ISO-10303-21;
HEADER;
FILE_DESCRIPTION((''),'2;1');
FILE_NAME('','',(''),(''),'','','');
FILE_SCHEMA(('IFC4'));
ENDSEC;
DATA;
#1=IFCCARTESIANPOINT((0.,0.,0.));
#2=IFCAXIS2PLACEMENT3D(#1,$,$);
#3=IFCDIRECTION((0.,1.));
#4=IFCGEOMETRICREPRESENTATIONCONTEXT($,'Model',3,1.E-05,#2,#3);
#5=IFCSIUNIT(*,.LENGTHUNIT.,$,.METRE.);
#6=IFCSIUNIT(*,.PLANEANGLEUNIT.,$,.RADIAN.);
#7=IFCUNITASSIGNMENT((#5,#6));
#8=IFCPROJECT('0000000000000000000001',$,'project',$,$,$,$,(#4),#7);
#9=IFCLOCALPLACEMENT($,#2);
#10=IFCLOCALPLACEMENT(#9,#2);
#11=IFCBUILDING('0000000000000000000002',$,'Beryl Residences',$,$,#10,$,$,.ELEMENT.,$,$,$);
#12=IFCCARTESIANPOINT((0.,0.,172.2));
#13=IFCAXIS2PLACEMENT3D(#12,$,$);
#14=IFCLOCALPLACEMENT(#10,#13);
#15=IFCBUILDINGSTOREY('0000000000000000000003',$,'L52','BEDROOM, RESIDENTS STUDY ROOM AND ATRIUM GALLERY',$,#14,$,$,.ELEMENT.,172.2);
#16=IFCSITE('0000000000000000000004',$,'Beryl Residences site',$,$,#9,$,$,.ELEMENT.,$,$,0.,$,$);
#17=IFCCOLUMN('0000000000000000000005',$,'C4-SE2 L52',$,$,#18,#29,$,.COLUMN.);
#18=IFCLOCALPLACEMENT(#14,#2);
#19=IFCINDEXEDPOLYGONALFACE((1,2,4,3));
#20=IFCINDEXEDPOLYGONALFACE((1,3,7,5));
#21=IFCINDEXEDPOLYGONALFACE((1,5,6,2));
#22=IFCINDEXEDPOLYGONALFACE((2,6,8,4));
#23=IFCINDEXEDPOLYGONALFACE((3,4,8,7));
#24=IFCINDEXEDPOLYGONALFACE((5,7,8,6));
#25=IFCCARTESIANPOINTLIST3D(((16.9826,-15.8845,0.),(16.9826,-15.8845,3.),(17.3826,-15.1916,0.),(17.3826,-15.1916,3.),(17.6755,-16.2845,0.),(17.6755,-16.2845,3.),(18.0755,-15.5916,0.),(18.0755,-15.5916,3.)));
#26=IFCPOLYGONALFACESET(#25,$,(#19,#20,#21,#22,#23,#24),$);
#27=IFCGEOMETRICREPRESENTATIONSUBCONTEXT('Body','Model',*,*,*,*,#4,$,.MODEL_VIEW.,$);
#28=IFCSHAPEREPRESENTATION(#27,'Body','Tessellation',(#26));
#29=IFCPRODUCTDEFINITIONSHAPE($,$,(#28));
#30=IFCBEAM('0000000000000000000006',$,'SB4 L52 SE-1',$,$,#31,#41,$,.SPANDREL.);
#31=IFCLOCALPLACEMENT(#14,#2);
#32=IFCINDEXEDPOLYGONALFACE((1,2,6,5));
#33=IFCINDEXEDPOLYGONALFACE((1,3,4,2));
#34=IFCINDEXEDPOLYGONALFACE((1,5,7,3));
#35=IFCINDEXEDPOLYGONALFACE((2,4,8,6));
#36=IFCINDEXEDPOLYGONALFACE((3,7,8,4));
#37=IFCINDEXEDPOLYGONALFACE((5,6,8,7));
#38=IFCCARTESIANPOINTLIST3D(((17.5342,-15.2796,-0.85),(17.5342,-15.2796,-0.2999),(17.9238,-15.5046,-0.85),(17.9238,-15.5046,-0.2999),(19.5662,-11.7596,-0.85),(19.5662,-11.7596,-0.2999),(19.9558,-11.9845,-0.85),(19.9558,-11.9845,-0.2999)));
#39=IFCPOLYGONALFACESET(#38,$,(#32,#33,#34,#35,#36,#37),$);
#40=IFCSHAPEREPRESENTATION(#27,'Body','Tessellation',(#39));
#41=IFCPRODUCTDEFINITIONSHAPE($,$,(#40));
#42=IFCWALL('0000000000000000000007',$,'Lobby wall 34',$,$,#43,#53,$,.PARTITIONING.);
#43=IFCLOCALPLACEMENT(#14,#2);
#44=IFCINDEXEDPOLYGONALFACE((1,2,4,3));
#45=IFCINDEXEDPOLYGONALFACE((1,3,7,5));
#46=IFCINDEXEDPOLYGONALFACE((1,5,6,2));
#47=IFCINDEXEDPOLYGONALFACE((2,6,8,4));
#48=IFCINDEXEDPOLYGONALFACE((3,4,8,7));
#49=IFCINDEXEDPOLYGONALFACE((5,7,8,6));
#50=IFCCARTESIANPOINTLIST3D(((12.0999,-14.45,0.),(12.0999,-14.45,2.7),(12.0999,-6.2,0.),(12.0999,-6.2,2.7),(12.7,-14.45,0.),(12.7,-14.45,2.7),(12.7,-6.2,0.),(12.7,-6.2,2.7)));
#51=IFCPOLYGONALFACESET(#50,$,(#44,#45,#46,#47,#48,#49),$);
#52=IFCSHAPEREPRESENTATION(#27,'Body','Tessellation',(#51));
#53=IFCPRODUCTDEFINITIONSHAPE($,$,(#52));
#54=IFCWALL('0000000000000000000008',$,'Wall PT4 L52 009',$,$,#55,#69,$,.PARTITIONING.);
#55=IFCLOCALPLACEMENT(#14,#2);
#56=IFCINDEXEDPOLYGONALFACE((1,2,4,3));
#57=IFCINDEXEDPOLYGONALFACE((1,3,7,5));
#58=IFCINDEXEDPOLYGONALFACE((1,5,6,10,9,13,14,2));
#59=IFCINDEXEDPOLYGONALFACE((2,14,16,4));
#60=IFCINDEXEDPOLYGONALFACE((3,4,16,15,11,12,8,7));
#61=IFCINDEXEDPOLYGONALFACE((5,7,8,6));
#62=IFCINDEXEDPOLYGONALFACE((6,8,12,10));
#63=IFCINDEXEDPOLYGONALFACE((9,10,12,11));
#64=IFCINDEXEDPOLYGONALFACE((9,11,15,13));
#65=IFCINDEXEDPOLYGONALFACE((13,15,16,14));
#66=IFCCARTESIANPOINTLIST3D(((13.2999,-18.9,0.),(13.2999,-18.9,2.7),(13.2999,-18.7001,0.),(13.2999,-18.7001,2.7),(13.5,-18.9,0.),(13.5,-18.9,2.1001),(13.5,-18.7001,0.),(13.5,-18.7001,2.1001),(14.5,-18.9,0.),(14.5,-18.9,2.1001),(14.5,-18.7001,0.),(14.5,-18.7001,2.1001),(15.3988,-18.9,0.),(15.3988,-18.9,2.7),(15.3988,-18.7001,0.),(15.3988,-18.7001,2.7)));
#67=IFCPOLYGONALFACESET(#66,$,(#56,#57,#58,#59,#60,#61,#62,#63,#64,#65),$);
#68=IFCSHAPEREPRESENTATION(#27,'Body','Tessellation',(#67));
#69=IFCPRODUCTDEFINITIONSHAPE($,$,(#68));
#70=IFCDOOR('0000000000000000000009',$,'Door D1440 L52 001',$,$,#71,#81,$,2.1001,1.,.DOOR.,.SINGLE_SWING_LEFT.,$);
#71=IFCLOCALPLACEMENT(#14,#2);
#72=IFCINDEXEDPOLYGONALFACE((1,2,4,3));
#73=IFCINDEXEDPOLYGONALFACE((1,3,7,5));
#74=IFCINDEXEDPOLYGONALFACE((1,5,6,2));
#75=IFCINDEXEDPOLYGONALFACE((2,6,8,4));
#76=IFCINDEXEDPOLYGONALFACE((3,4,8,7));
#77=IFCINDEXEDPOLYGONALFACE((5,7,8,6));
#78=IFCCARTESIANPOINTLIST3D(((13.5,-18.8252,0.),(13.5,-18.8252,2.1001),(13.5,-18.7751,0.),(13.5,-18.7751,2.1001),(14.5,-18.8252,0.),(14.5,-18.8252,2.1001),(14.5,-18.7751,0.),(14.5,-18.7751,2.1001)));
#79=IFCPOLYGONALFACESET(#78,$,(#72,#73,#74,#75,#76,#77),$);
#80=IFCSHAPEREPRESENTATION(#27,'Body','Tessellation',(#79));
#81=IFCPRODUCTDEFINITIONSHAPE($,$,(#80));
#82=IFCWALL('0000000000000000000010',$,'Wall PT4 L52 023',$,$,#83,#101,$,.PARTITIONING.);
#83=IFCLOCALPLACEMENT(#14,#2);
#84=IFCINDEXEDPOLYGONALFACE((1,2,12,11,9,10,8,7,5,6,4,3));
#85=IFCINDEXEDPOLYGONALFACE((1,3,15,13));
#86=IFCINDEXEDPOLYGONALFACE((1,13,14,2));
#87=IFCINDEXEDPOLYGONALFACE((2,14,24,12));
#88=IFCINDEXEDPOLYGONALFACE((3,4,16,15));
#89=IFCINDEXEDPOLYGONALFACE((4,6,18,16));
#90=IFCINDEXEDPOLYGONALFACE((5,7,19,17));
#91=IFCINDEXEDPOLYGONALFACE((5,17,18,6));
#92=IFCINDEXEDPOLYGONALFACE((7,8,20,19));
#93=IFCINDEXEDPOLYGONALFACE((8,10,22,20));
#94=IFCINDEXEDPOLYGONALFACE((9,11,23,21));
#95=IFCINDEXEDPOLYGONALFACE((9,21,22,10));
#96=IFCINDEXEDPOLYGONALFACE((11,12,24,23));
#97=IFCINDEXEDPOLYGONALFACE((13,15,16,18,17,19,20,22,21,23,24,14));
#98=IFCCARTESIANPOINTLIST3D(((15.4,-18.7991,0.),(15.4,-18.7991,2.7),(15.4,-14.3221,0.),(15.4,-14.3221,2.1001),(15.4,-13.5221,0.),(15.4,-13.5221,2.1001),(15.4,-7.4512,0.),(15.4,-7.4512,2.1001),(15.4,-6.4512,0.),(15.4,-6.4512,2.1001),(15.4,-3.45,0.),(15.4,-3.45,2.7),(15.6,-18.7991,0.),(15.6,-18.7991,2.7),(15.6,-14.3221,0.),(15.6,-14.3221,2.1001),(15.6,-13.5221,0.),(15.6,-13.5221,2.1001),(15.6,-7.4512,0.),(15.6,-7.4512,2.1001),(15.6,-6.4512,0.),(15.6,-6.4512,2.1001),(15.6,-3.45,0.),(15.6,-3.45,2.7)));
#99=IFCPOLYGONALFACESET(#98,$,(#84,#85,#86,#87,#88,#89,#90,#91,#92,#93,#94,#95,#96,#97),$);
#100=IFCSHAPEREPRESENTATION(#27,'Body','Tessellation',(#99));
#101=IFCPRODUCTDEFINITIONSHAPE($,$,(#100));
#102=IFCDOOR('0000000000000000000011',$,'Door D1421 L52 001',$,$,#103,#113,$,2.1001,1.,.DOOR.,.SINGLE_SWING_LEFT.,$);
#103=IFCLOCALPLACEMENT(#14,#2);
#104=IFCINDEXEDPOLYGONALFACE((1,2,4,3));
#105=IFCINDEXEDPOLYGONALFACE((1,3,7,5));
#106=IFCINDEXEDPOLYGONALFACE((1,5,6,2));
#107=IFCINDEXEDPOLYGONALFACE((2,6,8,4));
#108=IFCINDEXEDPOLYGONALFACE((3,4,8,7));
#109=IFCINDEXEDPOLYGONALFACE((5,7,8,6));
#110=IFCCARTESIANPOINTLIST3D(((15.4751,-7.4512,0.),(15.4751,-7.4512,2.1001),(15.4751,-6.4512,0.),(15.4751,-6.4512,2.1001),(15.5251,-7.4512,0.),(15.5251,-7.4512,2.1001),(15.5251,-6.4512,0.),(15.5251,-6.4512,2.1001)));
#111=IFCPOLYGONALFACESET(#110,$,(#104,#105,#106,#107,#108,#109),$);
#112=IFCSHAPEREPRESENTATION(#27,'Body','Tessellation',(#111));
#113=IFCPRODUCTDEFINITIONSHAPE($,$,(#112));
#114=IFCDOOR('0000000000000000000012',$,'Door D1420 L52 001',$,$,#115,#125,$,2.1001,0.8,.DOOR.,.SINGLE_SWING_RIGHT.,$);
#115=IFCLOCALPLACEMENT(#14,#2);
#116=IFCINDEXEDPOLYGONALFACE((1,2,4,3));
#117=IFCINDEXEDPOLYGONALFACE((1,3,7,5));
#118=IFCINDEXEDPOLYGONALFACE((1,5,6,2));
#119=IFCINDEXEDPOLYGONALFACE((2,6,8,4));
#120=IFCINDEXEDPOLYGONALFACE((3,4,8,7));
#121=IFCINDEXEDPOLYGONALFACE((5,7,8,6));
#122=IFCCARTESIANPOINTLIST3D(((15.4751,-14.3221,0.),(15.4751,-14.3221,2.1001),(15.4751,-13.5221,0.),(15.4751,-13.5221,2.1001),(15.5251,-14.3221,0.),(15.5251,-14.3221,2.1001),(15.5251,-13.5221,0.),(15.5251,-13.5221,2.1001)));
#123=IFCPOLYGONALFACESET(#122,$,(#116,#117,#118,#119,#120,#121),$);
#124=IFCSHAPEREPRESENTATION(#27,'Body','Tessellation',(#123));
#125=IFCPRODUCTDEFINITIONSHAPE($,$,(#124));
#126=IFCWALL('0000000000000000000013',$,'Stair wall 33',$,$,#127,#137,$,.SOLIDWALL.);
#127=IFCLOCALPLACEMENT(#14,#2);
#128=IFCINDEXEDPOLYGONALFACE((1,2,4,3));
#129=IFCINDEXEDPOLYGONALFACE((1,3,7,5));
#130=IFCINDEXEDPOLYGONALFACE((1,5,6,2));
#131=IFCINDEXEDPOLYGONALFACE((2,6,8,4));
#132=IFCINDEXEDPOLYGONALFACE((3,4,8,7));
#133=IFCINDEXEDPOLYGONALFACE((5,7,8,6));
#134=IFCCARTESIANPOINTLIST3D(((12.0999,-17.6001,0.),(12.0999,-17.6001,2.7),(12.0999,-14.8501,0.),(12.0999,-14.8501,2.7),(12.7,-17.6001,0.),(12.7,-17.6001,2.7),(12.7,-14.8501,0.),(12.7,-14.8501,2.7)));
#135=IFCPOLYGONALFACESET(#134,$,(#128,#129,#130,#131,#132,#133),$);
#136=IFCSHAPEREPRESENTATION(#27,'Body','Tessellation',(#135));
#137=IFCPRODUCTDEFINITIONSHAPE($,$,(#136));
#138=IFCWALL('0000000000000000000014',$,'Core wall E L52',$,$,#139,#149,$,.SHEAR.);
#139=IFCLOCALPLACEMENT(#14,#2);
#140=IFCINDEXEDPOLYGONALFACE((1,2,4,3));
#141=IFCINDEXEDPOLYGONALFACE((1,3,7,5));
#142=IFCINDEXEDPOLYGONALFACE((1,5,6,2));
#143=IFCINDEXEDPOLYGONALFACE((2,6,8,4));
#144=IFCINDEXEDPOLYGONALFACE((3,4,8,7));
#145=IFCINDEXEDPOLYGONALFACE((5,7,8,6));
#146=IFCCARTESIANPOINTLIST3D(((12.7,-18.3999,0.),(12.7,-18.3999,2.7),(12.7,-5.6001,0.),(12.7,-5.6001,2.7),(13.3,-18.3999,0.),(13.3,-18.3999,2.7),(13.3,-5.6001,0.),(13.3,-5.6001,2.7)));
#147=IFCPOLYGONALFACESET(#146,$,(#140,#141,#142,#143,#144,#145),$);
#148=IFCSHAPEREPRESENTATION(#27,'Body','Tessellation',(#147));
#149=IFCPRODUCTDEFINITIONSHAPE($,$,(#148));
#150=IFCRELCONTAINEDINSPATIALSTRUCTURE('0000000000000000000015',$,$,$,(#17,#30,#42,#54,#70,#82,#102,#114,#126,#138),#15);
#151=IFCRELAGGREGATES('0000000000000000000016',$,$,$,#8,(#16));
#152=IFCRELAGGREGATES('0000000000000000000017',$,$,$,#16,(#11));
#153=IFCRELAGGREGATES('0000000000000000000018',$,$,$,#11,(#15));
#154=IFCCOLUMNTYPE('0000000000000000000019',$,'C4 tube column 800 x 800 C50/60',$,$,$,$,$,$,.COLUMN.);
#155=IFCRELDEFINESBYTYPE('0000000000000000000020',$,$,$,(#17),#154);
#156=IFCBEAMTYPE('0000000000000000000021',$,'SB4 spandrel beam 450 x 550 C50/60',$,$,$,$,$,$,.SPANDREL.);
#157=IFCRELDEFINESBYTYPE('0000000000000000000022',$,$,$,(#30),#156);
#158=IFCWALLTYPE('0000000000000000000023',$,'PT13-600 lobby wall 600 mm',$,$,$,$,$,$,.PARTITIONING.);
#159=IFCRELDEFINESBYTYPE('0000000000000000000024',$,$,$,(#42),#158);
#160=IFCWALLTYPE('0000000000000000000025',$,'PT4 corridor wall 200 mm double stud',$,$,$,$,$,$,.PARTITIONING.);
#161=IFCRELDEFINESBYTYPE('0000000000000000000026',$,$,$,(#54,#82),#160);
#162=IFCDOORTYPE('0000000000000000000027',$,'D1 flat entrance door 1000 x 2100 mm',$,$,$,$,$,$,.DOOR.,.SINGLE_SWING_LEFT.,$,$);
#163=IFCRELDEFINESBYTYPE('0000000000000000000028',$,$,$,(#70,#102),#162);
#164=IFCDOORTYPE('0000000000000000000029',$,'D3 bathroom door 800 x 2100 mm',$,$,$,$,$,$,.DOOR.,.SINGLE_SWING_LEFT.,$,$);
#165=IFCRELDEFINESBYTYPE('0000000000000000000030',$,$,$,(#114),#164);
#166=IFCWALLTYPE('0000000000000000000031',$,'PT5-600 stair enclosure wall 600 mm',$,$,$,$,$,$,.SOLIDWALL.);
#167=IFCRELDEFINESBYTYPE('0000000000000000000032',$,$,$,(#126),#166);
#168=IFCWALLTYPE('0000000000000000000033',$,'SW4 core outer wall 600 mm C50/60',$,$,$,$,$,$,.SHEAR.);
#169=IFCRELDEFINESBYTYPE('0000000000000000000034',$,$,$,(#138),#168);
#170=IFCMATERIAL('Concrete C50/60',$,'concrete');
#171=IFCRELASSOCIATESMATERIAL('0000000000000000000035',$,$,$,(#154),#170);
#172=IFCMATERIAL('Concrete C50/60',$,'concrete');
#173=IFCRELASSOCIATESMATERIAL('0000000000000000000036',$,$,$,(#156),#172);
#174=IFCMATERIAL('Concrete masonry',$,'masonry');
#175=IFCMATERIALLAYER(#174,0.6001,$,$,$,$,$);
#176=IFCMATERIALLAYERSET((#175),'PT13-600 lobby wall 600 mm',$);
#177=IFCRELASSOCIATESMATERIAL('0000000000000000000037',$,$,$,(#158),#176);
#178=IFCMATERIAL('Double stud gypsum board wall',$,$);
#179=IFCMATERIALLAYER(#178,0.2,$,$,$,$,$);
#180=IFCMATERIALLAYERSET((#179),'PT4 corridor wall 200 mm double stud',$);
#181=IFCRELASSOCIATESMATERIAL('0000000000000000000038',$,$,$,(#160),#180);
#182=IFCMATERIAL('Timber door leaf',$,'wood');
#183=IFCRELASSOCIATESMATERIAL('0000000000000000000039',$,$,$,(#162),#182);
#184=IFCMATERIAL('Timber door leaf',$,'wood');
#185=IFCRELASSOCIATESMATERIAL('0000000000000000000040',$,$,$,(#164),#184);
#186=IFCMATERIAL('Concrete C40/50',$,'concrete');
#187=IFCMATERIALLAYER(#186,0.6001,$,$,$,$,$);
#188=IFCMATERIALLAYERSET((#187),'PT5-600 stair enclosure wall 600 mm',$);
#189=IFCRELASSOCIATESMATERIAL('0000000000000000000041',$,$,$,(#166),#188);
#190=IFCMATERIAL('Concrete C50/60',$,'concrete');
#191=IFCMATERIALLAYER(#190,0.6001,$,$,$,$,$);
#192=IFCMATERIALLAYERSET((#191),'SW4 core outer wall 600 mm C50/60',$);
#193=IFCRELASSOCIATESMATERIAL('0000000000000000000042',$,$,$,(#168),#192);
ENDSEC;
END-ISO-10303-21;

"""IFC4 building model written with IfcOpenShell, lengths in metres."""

from ifc_helpers import new_model, si_unit, direction, frame, frame_2d, origin, origin_2d, place, context, subcontext, project, spatial, rectangle, extrude, material, layer, layer_set, material_profile, profile_set, type_object, element, fill, save


model = new_model("IFC4")

# Units and contexts
model_context = context("Model", 3, precision=1e-05, world=origin(), true_north=direction((0.0, 1.0)))
body_context = subcontext(model_context, "Body", "Model", "MODEL_VIEW")
ifc_project = project(units=[si_unit("LENGTHUNIT", "METRE"), si_unit("PLANEANGLEUNIT", "RADIAN")], contexts=[model_context])

# Site, building, storey
site_placement = place(None, origin())
site = spatial("IfcSite", under=ifc_project, at=site_placement, Name="Beryl Residences site", CompositionType="ELEMENT", RefElevation=0.0)
building_placement = place(site_placement, origin())
building = spatial("IfcBuilding", under=site, at=building_placement, Name="Beryl Residences", CompositionType="ELEMENT")
storey_placement = place(building_placement, frame((0.0, 0.0, 172.2)))
storey = spatial("IfcBuildingStorey", under=building, at=storey_placement, Name="L52", Description="BEDROOM, RESIDENTS STUDY ROOM AND ATRIUM GALLERY", CompositionType="ELEMENT", Elevation=172.2)

# Column
ifc_material_1 = material(Name="Concrete C50/60", Category="concrete")
ifc_material_profile_1 = material_profile(ifc_material_1, rectangle(XDim=0.8, YDim=0.8, at=origin_2d()))
ifc_profile_set_1 = profile_set([ifc_material_profile_1], Name="Concrete C50/60")
column_type = type_object("IfcColumnType", Name="C4 tube column 800 x 800 C50/60", PredefinedType="COLUMN", material=ifc_profile_set_1)
column_placement = place(storey_placement, frame((17.5291, -15.738, 0.0), z_axis=(0.0, 0.0, 1.0), x_axis=(0.5, 0.866025, 0.0)))
element("IfcColumn", 1, at=column_placement, inside=storey, type_object=column_type, Name="C4-SE2 L52", PredefinedType="COLUMN", context=body_context, shape_type="SweptSolid", body=[
    extrude(rectangle(XDim=0.8, YDim=0.8, at=origin_2d()), origin(), (0.0, 0.0, 1.0), 3.0),
])

# Beam
ifc_material_2 = material(Name="Concrete C50/60", Category="concrete")
ifc_material_profile_2 = material_profile(ifc_material_2, rectangle(XDim=0.45, YDim=0.55, at=origin_2d()))
ifc_profile_set_2 = profile_set([ifc_material_profile_2], Name="Concrete C50/60")
beam_type = type_object("IfcBeamType", Name="SB4 spandrel beam 450 x 550 C50/60", PredefinedType="SPANDREL", material=ifc_profile_set_2)
beam_placement = place(storey_placement, frame((17.729, -15.3921, -0.575), z_axis=(0.499944, 0.866058, 0.0), x_axis=(-0.866058, 0.499944, 0.0)))
element("IfcBeam", 2, at=beam_placement, inside=storey, type_object=beam_type, Name="SB4 L52 SE-1", PredefinedType="SPANDREL", context=body_context, shape_type="SweptSolid", body=[
    extrude(rectangle(XDim=0.45, YDim=0.55, at=origin_2d()), origin(), (0.0, 0.0, 1.0), 4.0645),
])

# Wall
ifc_material_3 = material(Name="Concrete masonry", Category="masonry")
ifc_layer_1 = layer(ifc_material_3, 0.6001)
ifc_layer_set_1 = layer_set([ifc_layer_1], Name="PT13-600 lobby wall 600 mm")
wall_type_1 = type_object("IfcWallType", Name="PT13-600 lobby wall 600 mm", PredefinedType="PARTITIONING", material=ifc_layer_set_1)
wall_1_placement = place(storey_placement, frame((12.3999, -14.45, 0.0), z_axis=(0.0, 0.0, 1.0), x_axis=(0.0, 1.0, 0.0)))
element("IfcWall", 3, at=wall_1_placement, inside=storey, type_object=wall_type_1, Name="Lobby wall 34", PredefinedType="PARTITIONING", context=body_context, shape_type="SweptSolid", body=[
    extrude(rectangle(XDim=8.25, YDim=0.6001, at=frame_2d((4.125, 0.0))), origin(), (0.0, 0.0, 1.0), 2.7),
])

# Wall, opening, door
ifc_material_4 = material(Name="Double stud gypsum board wall")
ifc_layer_2 = layer(ifc_material_4, 0.2)
ifc_layer_set_2 = layer_set([ifc_layer_2], Name="PT4 corridor wall 200 mm double stud")
wall_type_2 = type_object("IfcWallType", Name="PT4 corridor wall 200 mm double stud", PredefinedType="PARTITIONING", material=ifc_layer_set_2)
wall_2_placement = place(storey_placement, frame((13.3, -18.8, 0.0), z_axis=(0.0, 0.0, 1.0), x_axis=(1.0, 0.0, 0.0)))
wall_2 = element("IfcWall", 4, at=wall_2_placement, inside=storey, type_object=wall_type_2, Name="Wall PT4 L52 009", PredefinedType="PARTITIONING", context=body_context, shape_type="SweptSolid", body=[
    extrude(rectangle(XDim=2.0989, YDim=0.2, at=frame_2d((1.0493, 0.0))), origin(), (0.0, 0.0, 1.0), 2.7),
])
opening_1_placement = place(wall_2_placement, frame((0.2, 0.0, 0.0)))
opening_1 = element("IfcOpeningElement", 5, at=opening_1_placement, cuts=wall_2, PredefinedType="OPENING", context=body_context, shape_type="SweptSolid", body=[
    extrude(rectangle(XDim=1.0, YDim=2.1001, at=frame_2d((0.5, 1.05))), frame((0.0, 0.1099, 0.0), z_axis=(0.0, -1.0, 0.0), x_axis=(1.0, 0.0, 0.0)), (0.0, 0.0, 1.0), 0.22),
])
ifc_material_5 = material(Name="Timber door leaf", Category="wood")
door_type_1 = type_object("IfcDoorType", Name="D1 flat entrance door 1000 x 2100 mm", OperationType="SINGLE_SWING_LEFT", PredefinedType="DOOR", material=ifc_material_5)
door_1_placement = place(opening_1_placement, origin())
door_1 = element("IfcDoor", 6, at=door_1_placement, inside=storey, type_object=door_type_1, Name="Door D1440 L52 001", OperationType="SINGLE_SWING_LEFT", OverallHeight=2.1001, OverallWidth=1.0, PredefinedType="DOOR", context=body_context, shape_type="SweptSolid", body=[
    extrude(rectangle(XDim=1.0, YDim=2.1001, at=frame_2d((0.5, 1.05))), frame((0.0, 0.0249, 0.0), z_axis=(0.0, -1.0, 0.0), x_axis=(1.0, 0.0, 0.0)), (0.0, 0.0, 1.0), 0.05),
])
fill(opening_1, door_1)

# Wall, openings, doors
wall_3_placement = place(storey_placement, frame((15.5, -18.7991, 0.0), z_axis=(0.0, 0.0, 1.0), x_axis=(0.0, 1.0, 0.0)))
wall_3 = element("IfcWall", 7, at=wall_3_placement, inside=storey, type_object=wall_type_2, Name="Wall PT4 L52 023", PredefinedType="PARTITIONING", context=body_context, shape_type="SweptSolid", body=[
    extrude(rectangle(XDim=15.3491, YDim=0.2, at=frame_2d((7.6746, 0.0))), origin(), (0.0, 0.0, 1.0), 2.7),
])
opening_2_placement = place(wall_3_placement, frame((4.4771, 0.0, 0.0)))
opening_2 = element("IfcOpeningElement", 8, at=opening_2_placement, cuts=wall_3, PredefinedType="OPENING", context=body_context, shape_type="SweptSolid", body=[
    extrude(rectangle(XDim=0.8, YDim=2.1001, at=frame_2d((0.3999, 1.05))), frame((0.0, 0.1099, 0.0), z_axis=(0.0, -1.0, 0.0), x_axis=(1.0, 0.0, 0.0)), (0.0, 0.0, 1.0), 0.22),
])
opening_3_placement = place(wall_3_placement, frame((11.3479, 0.0, 0.0)))
opening_3 = element("IfcOpeningElement", 9, at=opening_3_placement, cuts=wall_3, PredefinedType="OPENING", context=body_context, shape_type="SweptSolid", body=[
    extrude(rectangle(XDim=1.0, YDim=2.1001, at=frame_2d((0.5, 1.05))), frame((0.0, 0.1099, 0.0), z_axis=(0.0, -1.0, 0.0), x_axis=(1.0, 0.0, 0.0)), (0.0, 0.0, 1.0), 0.22),
])
door_2_placement = place(opening_3_placement, origin())
door_2 = element("IfcDoor", 10, at=door_2_placement, inside=storey, type_object=door_type_1, Name="Door D1421 L52 001", OperationType="SINGLE_SWING_LEFT", OverallHeight=2.1001, OverallWidth=1.0, PredefinedType="DOOR", context=body_context, shape_type="SweptSolid", body=[
    extrude(rectangle(XDim=1.0, YDim=2.1001, at=frame_2d((0.5, 1.05))), frame((0.0, 0.0249, 0.0), z_axis=(0.0, -1.0, 0.0), x_axis=(1.0, 0.0, 0.0)), (0.0, 0.0, 1.0), 0.05),
])
fill(opening_3, door_2)
ifc_material_6 = material(Name="Timber door leaf", Category="wood")
door_type_2 = type_object("IfcDoorType", Name="D3 bathroom door 800 x 2100 mm", OperationType="SINGLE_SWING_LEFT", PredefinedType="DOOR", material=ifc_material_6)
door_3_placement = place(opening_2_placement, origin())
door_3 = element("IfcDoor", 11, at=door_3_placement, inside=storey, type_object=door_type_2, Name="Door D1420 L52 001", OperationType="SINGLE_SWING_RIGHT", OverallHeight=2.1001, OverallWidth=0.8, PredefinedType="DOOR", context=body_context, shape_type="SweptSolid", body=[
    extrude(rectangle(XDim=0.8, YDim=2.1001, at=frame_2d((0.3999, 1.05))), frame((0.0, 0.0249, 0.0), z_axis=(0.0, -1.0, 0.0), x_axis=(1.0, 0.0, 0.0)), (0.0, 0.0, 1.0), 0.05),
])
fill(opening_2, door_3)

# Walls
ifc_material_7 = material(Name="Concrete C40/50", Category="concrete")
ifc_layer_3 = layer(ifc_material_7, 0.6001)
ifc_layer_set_3 = layer_set([ifc_layer_3], Name="PT5-600 stair enclosure wall 600 mm")
wall_type_3 = type_object("IfcWallType", Name="PT5-600 stair enclosure wall 600 mm", PredefinedType="SOLIDWALL", material=ifc_layer_set_3)
wall_4_placement = place(storey_placement, frame((12.3999, -17.6001, 0.0), z_axis=(0.0, 0.0, 1.0), x_axis=(0.0, 1.0, 0.0)))
element("IfcWall", 12, at=wall_4_placement, inside=storey, type_object=wall_type_3, Name="Stair wall 33", PredefinedType="SOLIDWALL", context=body_context, shape_type="SweptSolid", body=[
    extrude(rectangle(XDim=2.75, YDim=0.6001, at=frame_2d((1.375, 0.0))), origin(), (0.0, 0.0, 1.0), 2.7),
])
ifc_material_8 = material(Name="Concrete C50/60", Category="concrete")
ifc_layer_4 = layer(ifc_material_8, 0.6001)
ifc_layer_set_4 = layer_set([ifc_layer_4], Name="SW4 core outer wall 600 mm C50/60")
wall_type_4 = type_object("IfcWallType", Name="SW4 core outer wall 600 mm C50/60", PredefinedType="SHEAR", material=ifc_layer_set_4)
wall_5_placement = place(storey_placement, frame((13.0, -18.3999, 0.0), z_axis=(0.0, 0.0, 1.0), x_axis=(0.0, 1.0, 0.0)))
element("IfcWall", 13, at=wall_5_placement, inside=storey, type_object=wall_type_4, Name="Core wall E L52", PredefinedType="SHEAR", context=body_context, shape_type="SweptSolid", body=[
    extrude(rectangle(XDim=12.7998, YDim=0.6001, at=frame_2d((6.3999, 0.0))), origin(), (0.0, 0.0, 1.0), 2.7),
])

save(model, "model.ifc")
